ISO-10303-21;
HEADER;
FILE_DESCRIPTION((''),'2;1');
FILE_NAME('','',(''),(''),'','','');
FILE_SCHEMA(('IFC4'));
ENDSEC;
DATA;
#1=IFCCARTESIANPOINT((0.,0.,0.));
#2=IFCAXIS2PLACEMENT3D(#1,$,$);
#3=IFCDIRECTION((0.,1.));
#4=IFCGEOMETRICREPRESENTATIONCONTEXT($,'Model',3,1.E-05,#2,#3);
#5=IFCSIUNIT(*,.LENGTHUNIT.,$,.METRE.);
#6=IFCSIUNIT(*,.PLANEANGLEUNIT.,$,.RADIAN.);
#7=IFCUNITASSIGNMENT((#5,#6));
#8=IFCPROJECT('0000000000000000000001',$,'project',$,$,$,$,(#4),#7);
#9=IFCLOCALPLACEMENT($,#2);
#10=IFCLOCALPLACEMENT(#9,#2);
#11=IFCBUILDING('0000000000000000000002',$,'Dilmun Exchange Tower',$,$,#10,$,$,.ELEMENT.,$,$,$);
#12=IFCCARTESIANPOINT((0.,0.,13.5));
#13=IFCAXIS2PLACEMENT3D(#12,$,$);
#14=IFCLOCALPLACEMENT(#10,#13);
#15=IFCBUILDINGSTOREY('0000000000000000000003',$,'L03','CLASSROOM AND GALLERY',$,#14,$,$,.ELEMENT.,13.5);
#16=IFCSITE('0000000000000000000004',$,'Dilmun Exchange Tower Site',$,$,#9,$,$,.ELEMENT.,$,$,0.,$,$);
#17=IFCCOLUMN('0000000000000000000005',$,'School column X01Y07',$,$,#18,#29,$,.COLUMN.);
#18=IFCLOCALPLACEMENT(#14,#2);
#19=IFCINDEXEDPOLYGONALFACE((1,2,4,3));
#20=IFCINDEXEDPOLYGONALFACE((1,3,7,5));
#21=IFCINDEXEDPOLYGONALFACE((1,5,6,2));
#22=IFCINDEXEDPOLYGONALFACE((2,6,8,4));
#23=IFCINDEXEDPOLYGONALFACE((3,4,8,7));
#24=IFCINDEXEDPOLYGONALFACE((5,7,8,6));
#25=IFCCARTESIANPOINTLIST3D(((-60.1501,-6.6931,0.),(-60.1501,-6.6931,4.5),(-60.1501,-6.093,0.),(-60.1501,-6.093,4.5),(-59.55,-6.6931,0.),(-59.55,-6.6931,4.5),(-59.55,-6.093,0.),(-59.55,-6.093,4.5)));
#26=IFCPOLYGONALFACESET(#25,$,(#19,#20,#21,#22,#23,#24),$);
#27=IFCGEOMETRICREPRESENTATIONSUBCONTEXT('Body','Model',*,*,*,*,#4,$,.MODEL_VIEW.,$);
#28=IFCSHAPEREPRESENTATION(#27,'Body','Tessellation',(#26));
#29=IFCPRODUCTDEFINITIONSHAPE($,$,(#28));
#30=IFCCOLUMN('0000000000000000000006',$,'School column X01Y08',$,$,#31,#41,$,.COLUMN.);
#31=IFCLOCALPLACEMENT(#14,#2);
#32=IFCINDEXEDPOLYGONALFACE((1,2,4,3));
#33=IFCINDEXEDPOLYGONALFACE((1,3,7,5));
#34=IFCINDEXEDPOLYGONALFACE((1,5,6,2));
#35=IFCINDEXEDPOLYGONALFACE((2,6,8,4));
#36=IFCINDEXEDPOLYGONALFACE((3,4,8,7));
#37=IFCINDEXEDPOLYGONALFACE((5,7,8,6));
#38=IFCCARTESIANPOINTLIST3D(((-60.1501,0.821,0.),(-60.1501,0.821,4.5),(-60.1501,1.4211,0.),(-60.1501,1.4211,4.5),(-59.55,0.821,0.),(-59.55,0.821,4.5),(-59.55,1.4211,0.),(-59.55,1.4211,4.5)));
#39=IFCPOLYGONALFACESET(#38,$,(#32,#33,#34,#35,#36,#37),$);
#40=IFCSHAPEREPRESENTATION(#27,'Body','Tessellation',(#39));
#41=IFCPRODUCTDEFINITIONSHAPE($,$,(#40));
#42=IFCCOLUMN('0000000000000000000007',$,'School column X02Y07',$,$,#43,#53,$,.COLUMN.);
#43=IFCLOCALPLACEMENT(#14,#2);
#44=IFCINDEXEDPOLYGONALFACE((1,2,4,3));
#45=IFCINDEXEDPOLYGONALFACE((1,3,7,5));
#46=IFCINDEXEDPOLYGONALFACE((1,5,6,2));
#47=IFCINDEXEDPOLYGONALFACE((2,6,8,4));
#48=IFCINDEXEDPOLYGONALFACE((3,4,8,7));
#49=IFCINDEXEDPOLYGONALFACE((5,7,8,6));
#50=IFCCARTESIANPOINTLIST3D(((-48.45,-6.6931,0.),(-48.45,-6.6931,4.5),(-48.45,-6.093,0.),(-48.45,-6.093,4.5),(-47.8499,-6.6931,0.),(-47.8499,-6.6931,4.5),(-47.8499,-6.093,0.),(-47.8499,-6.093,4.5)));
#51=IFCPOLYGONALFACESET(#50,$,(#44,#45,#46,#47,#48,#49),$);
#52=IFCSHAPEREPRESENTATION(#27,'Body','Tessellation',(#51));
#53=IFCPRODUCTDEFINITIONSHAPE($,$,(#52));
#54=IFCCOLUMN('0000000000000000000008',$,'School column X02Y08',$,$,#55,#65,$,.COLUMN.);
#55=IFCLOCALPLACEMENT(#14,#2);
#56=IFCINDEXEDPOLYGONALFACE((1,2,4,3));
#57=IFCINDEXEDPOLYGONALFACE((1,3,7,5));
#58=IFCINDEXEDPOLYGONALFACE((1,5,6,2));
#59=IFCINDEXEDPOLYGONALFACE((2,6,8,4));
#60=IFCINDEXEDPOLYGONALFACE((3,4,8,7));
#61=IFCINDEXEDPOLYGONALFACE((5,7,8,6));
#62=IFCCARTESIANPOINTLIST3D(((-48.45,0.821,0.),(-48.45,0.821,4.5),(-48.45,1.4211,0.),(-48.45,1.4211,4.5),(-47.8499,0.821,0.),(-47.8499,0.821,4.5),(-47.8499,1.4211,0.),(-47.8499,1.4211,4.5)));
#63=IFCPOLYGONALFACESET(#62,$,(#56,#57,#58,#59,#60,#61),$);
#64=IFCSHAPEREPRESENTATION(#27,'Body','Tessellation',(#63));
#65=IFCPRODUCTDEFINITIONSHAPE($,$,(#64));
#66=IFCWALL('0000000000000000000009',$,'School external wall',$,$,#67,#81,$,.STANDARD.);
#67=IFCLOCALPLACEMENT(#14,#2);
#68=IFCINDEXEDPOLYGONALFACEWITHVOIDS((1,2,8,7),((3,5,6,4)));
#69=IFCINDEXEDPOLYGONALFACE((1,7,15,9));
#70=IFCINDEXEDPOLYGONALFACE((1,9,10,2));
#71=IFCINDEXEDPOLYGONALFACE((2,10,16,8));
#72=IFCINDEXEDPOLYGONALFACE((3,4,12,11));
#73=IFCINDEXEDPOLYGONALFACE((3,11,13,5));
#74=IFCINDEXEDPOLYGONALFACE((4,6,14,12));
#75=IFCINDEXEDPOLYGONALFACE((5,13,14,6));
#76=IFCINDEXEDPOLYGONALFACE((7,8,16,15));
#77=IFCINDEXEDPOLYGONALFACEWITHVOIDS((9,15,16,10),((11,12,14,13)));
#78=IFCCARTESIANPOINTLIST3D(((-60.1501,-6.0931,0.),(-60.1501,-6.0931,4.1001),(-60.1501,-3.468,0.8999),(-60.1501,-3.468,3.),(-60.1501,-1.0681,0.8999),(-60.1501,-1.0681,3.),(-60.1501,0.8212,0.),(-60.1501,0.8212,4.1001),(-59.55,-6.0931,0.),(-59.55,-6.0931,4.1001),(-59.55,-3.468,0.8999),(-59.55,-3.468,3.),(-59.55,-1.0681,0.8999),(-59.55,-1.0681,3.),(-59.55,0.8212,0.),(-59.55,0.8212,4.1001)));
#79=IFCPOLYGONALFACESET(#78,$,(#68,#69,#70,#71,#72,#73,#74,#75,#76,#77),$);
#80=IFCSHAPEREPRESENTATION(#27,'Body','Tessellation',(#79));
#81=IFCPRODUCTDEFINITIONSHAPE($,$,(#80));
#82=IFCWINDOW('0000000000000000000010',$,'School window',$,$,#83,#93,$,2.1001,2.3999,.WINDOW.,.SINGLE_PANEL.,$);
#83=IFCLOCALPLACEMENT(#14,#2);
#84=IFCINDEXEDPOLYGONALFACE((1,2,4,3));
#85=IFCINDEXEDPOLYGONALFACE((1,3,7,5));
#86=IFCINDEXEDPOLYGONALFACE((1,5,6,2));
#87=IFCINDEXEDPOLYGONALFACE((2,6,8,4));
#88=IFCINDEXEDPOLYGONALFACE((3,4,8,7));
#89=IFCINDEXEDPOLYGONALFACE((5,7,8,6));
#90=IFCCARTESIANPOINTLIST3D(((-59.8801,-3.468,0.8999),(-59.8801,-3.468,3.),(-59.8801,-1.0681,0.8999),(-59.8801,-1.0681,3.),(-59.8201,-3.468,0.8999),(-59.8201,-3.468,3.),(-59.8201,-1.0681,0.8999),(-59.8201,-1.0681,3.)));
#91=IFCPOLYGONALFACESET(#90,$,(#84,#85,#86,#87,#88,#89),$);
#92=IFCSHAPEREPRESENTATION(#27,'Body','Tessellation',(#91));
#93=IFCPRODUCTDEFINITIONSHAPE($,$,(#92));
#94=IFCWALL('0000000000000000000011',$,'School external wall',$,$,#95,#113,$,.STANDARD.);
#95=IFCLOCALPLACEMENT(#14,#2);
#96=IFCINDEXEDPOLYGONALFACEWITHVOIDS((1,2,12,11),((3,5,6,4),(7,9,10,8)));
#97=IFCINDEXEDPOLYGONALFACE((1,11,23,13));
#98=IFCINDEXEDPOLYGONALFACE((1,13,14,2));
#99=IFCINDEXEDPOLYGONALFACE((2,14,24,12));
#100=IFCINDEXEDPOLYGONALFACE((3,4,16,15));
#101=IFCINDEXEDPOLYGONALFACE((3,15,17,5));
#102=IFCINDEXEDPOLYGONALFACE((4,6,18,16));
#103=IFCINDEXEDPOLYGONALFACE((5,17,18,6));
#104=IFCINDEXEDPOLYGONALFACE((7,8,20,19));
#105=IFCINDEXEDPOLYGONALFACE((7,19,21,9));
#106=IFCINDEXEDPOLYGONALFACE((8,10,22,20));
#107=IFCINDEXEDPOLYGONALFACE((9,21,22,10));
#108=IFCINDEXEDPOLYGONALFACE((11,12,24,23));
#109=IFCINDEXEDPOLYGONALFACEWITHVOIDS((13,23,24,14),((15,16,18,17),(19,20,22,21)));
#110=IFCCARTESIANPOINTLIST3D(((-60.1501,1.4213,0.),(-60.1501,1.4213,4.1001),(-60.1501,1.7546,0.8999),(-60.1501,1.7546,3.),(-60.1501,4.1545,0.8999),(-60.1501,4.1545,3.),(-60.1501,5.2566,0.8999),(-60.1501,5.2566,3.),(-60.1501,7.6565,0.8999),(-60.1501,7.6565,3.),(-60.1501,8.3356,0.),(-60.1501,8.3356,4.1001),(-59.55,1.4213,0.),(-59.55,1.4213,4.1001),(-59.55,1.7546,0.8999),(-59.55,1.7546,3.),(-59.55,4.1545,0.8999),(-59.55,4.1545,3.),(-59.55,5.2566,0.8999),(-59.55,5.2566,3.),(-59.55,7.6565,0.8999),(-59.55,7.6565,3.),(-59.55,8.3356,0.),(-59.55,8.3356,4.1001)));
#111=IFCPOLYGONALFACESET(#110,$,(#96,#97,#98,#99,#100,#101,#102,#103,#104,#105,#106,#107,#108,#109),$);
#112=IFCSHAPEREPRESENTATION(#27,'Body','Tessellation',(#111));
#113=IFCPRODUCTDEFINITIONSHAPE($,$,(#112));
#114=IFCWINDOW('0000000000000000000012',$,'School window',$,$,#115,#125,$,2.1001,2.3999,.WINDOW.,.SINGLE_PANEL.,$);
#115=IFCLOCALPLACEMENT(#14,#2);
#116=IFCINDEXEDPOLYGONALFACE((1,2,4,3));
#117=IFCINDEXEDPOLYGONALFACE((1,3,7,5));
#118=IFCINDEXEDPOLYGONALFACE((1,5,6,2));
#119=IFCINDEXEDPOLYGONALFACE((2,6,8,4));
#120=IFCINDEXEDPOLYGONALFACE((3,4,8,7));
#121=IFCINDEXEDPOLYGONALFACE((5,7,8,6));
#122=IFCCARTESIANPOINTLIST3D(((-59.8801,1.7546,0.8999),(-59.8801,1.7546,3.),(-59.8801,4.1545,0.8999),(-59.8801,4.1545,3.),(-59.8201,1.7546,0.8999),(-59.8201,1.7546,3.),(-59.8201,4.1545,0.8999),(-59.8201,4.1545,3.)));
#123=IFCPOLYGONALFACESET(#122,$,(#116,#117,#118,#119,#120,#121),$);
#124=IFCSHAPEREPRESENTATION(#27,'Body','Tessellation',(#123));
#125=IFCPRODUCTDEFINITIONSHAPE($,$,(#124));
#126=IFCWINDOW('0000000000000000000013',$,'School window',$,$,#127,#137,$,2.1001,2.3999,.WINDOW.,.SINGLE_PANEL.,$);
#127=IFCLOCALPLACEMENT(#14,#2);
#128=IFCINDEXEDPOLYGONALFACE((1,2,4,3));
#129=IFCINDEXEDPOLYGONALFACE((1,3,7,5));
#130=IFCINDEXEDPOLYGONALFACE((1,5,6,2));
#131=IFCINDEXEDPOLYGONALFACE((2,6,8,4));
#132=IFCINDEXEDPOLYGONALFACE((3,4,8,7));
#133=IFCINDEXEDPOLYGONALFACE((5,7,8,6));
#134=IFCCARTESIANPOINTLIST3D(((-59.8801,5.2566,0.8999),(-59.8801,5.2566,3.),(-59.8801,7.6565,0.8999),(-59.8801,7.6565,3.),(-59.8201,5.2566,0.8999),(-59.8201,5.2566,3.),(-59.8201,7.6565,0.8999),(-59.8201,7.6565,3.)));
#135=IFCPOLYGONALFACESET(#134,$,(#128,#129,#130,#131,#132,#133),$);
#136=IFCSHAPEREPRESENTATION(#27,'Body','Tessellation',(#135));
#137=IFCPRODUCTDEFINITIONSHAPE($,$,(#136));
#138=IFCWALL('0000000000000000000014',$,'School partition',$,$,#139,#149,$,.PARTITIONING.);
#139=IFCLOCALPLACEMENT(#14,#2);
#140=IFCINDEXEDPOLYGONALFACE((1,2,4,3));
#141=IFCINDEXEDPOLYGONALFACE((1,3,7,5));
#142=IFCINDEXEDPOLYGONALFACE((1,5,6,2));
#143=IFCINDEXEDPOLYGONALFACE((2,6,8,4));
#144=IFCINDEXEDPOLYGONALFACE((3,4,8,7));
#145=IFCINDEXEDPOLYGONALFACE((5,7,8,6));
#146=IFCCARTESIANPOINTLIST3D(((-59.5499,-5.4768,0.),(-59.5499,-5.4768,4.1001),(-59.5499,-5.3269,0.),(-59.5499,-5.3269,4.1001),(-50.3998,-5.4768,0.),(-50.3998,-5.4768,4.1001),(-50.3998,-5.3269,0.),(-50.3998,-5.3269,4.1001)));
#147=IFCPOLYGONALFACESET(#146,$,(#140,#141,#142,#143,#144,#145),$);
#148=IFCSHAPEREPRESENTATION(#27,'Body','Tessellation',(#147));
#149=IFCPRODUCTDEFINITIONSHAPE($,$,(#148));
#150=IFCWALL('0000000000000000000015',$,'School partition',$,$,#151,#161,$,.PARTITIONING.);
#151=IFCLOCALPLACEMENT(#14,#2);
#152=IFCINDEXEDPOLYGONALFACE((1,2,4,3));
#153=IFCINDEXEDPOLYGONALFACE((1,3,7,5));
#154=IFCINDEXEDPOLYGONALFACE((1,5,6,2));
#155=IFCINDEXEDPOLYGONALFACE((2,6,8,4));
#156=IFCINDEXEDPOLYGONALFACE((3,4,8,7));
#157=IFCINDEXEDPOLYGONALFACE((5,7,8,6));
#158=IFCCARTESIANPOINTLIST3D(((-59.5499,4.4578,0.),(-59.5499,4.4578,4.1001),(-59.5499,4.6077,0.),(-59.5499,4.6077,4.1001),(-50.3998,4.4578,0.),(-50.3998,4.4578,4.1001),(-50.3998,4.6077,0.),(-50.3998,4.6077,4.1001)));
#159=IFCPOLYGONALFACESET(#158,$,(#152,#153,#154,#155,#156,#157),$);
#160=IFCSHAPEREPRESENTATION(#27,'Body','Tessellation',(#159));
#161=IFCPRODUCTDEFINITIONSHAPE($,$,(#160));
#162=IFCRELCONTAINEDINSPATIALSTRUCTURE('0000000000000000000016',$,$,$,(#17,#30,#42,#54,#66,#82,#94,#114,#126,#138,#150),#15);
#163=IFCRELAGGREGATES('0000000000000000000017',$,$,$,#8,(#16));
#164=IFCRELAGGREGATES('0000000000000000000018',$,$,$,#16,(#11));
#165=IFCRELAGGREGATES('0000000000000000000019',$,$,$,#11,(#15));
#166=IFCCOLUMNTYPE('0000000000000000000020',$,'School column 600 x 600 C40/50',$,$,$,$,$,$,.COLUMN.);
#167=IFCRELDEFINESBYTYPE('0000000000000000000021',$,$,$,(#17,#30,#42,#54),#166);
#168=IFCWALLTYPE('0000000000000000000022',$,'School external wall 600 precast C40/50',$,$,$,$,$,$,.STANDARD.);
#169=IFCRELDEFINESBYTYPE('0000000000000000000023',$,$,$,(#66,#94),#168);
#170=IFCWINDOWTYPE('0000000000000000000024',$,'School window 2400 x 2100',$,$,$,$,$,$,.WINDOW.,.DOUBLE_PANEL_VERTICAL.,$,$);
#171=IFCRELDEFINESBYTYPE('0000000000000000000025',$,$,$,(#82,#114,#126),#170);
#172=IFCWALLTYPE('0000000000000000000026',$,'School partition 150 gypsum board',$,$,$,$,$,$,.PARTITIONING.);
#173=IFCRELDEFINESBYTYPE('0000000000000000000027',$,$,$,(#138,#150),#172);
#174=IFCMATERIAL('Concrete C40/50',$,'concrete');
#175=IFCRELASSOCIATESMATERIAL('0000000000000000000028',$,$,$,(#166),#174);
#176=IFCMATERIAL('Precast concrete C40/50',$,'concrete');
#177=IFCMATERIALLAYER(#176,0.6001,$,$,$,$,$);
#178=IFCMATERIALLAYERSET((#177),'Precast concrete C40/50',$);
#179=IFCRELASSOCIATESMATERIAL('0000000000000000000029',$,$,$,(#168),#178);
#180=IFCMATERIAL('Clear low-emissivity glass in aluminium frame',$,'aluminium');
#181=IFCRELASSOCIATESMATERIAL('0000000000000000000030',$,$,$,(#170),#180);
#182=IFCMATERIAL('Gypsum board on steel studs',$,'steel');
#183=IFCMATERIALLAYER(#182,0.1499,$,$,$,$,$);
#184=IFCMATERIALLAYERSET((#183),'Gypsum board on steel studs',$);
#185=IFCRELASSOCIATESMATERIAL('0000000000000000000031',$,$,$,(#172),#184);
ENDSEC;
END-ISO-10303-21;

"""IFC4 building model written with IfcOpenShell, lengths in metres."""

from ifc_helpers import new_model, si_unit, direction, frame, frame_2d, origin, origin_2d, place, context, subcontext, project, spatial, rectangle, extrude, material, layer, layer_set, material_profile, profile_set, type_object, element, fill, save


model = new_model("IFC4")

# Units and contexts
model_context = context("Model", 3, precision=1e-05, world=origin(), true_north=direction((0.0, 1.0)))
body_context = subcontext(model_context, "Body", "Model", "MODEL_VIEW")
ifc_project = project(units=[si_unit("LENGTHUNIT", "METRE"), si_unit("PLANEANGLEUNIT", "RADIAN")], contexts=[model_context])

# Site, building, storey
site_placement = place(None, origin())
site = spatial("IfcSite", under=ifc_project, at=site_placement, Name="Dilmun Exchange Tower Site", CompositionType="ELEMENT", RefElevation=0.0)
building_placement = place(site_placement, origin())
building = spatial("IfcBuilding", under=site, at=building_placement, Name="Dilmun Exchange Tower", CompositionType="ELEMENT")
storey_placement = place(building_placement, frame((0.0, 0.0, 13.5)))
storey = spatial("IfcBuildingStorey", under=building, at=storey_placement, Name="L03", Description="CLASSROOM AND GALLERY", CompositionType="ELEMENT", Elevation=13.5)

# Columns
ifc_material_1 = material(Name="Concrete C40/50", Category="concrete")
ifc_material_profile = material_profile(ifc_material_1, rectangle(XDim=0.6001, YDim=0.6001, at=origin_2d()), Name="600 x 600")
ifc_profile_set = profile_set([ifc_material_profile], Name="Concrete C40/50")
column_type = type_object("IfcColumnType", Name="School column 600 x 600 C40/50", PredefinedType="COLUMN", material=ifc_profile_set)
for number, where, z_axis, x_axis, name in (
    (1, (-59.8501, -6.3931, 0.0), (0.0, 0.0, 1.0), (1.0, 0.0, 0.0), "School column X01Y07"),
    (2, (-59.8501, 1.1211, 0.0), (0.0, 0.0, 1.0), (1.0, 0.0, 0.0), "School column X01Y08"),
    (3, (-48.1499, -6.3931, 0.0), (0.0, 0.0, 1.0), (1.0, 0.0, 0.0), "School column X02Y07"),
    (4, (-48.1499, 1.1211, 0.0), (0.0, 0.0, 1.0), (1.0, 0.0, 0.0), "School column X02Y08"),
):
    element("IfcColumn", number, at=place(storey_placement, frame(where, z_axis=z_axis, x_axis=x_axis)), inside=storey, type_object=column_type, Name=name, PredefinedType="COLUMN", context=body_context, shape_type="SweptSolid", body=[
        extrude(rectangle(XDim=0.6001, YDim=0.6001, at=origin_2d()), origin(), (0.0, 0.0, 1.0), 4.5),
    ])

# Wall, opening, window
ifc_material_2 = material(Name="Precast concrete C40/50", Category="concrete")
ifc_layer_1 = layer(ifc_material_2, 0.6001)
ifc_layer_set_1 = layer_set([ifc_layer_1], Name="Precast concrete C40/50")
wall_type_1 = type_object("IfcWallType", Name="School external wall 600 precast C40/50", PredefinedType="STANDARD", material=ifc_layer_set_1)
wall_1_placement = place(storey_placement, frame((-59.8501, -6.093, 0.0), z_axis=(0.0, 0.0, 1.0), x_axis=(0.0, 1.0, 0.0)))
wall_1 = element("IfcWall", 5, at=wall_1_placement, inside=storey, type_object=wall_type_1, Name="School external wall", PredefinedType="STANDARD", context=body_context, shape_type="SweptSolid", body=[
    extrude(rectangle(XDim=6.9143, YDim=0.6001, at=frame_2d((3.457, 0.0))), origin(), (0.0, 0.0, 1.0), 4.1001),
])
opening_1_placement = place(wall_1_placement, frame((2.625, 0.0, 0.8999)))
opening_1 = element("IfcOpeningElement", 6, at=opening_1_placement, cuts=wall_1, PredefinedType="OPENING", context=body_context, shape_type="SweptSolid", body=[
    extrude(rectangle(XDim=2.3999, YDim=2.1001, at=frame_2d((1.2, 1.05))), frame((0.0, 0.3101, 0.0), z_axis=(0.0, -1.0, 0.0), x_axis=(1.0, 0.0, 0.0)), (0.0, 0.0, 1.0), 0.6201),
])
ifc_material_3 = material(Name="Clear low-emissivity glass in aluminium frame", Category="aluminium")
window_type = type_object("IfcWindowType", Name="School window 2400 x 2100", PartitioningType="DOUBLE_PANEL_VERTICAL", PredefinedType="WINDOW", material=ifc_material_3)
window_1_placement = place(opening_1_placement, origin())
window_1 = element("IfcWindow", 7, at=window_1_placement, inside=storey, type_object=window_type, Name="School window", OverallHeight=2.1001, OverallWidth=2.3999, PartitioningType="SINGLE_PANEL", PredefinedType="WINDOW", context=body_context, shape_type="SweptSolid", body=[
    extrude(rectangle(XDim=2.3999, YDim=2.1001, at=frame_2d((1.2, 1.05))), frame((0.0, 0.03, 0.0), z_axis=(0.0, -1.0, 0.0), x_axis=(1.0, 0.0, 0.0)), (0.0, 0.0, 1.0), 0.0601),
])
fill(opening_1, window_1)

# Wall, openings, windows
wall_2_placement = place(storey_placement, frame((-59.8501, 1.4214, 0.0), z_axis=(0.0, 0.0, 1.0), x_axis=(0.0, 1.0, 0.0)))
wall_2 = element("IfcWall", 8, at=wall_2_placement, inside=storey, type_object=wall_type_1, Name="School external wall", PredefinedType="STANDARD", context=body_context, shape_type="SweptSolid", body=[
    extrude(rectangle(XDim=6.9143, YDim=0.6001, at=frame_2d((3.457, 0.0))), origin(), (0.0, 0.0, 1.0), 4.1001),
])
opening_2_placement = place(wall_2_placement, frame((0.3333, 0.0, 0.8999)))
opening_2 = element("IfcOpeningElement", 9, at=opening_2_placement, cuts=wall_2, PredefinedType="OPENING", context=body_context, shape_type="SweptSolid", body=[
    extrude(rectangle(XDim=2.3999, YDim=2.1001, at=frame_2d((1.2, 1.05))), frame((0.0, 0.3101, 0.0), z_axis=(0.0, -1.0, 0.0), x_axis=(1.0, 0.0, 0.0)), (0.0, 0.0, 1.0), 0.6201),
])
opening_3_placement = place(wall_2_placement, frame((3.8352, 0.0, 0.8999)))
opening_3 = element("IfcOpeningElement", 10, at=opening_3_placement, cuts=wall_2, PredefinedType="OPENING", context=body_context, shape_type="SweptSolid", body=[
    extrude(rectangle(XDim=2.3999, YDim=2.1001, at=frame_2d((1.2, 1.05))), frame((0.0, 0.3101, 0.0), z_axis=(0.0, -1.0, 0.0), x_axis=(1.0, 0.0, 0.0)), (0.0, 0.0, 1.0), 0.6201),
])
window_2_placement = place(opening_2_placement, origin())
window_2 = element("IfcWindow", 11, at=window_2_placement, inside=storey, type_object=window_type, Name="School window", OverallHeight=2.1001, OverallWidth=2.3999, PartitioningType="SINGLE_PANEL", PredefinedType="WINDOW", context=body_context, shape_type="SweptSolid", body=[
    extrude(rectangle(XDim=2.3999, YDim=2.1001, at=frame_2d((1.2, 1.05))), frame((0.0, 0.03, 0.0), z_axis=(0.0, -1.0, 0.0), x_axis=(1.0, 0.0, 0.0)), (0.0, 0.0, 1.0), 0.0601),
])
fill(opening_2, window_2)
window_3_placement = place(opening_3_placement, origin())
window_3 = element("IfcWindow", 12, at=window_3_placement, inside=storey, type_object=window_type, Name="School window", OverallHeight=2.1001, OverallWidth=2.3999, PartitioningType="SINGLE_PANEL", PredefinedType="WINDOW", context=body_context, shape_type="SweptSolid", body=[
    extrude(rectangle(XDim=2.3999, YDim=2.1001, at=frame_2d((1.2, 1.05))), frame((0.0, 0.03, 0.0), z_axis=(0.0, -1.0, 0.0), x_axis=(1.0, 0.0, 0.0)), (0.0, 0.0, 1.0), 0.0601),
])
fill(opening_3, window_3)

# Walls
ifc_material_4 = material(Name="Gypsum board on steel studs", Category="steel")
ifc_layer_2 = layer(ifc_material_4, 0.1499)
ifc_layer_set_2 = layer_set([ifc_layer_2], Name="Gypsum board on steel studs")
wall_type_2 = type_object("IfcWallType", Name="School partition 150 gypsum board", PredefinedType="PARTITIONING", material=ifc_layer_set_2)
for number, where, z_axis, x_axis, name in (
    (13, (-59.55, -5.4019, 0.0), (0.0, 0.0, 1.0), (1.0, 0.0, 0.0), "School partition"),
    (14, (-59.55, 4.5327, 0.0), (0.0, 0.0, 1.0), (1.0, 0.0, 0.0), "School partition"),
):
    element("IfcWall", number, at=place(storey_placement, frame(where, z_axis=z_axis, x_axis=x_axis)), inside=storey, type_object=wall_type_2, Name=name, PredefinedType="PARTITIONING", context=body_context, shape_type="SweptSolid", body=[
        extrude(rectangle(XDim=9.1501, YDim=0.1499, at=frame_2d((4.5752, 0.0))), origin(), (0.0, 0.0, 1.0), 4.1001),
    ])

save(model, "model.ifc")
